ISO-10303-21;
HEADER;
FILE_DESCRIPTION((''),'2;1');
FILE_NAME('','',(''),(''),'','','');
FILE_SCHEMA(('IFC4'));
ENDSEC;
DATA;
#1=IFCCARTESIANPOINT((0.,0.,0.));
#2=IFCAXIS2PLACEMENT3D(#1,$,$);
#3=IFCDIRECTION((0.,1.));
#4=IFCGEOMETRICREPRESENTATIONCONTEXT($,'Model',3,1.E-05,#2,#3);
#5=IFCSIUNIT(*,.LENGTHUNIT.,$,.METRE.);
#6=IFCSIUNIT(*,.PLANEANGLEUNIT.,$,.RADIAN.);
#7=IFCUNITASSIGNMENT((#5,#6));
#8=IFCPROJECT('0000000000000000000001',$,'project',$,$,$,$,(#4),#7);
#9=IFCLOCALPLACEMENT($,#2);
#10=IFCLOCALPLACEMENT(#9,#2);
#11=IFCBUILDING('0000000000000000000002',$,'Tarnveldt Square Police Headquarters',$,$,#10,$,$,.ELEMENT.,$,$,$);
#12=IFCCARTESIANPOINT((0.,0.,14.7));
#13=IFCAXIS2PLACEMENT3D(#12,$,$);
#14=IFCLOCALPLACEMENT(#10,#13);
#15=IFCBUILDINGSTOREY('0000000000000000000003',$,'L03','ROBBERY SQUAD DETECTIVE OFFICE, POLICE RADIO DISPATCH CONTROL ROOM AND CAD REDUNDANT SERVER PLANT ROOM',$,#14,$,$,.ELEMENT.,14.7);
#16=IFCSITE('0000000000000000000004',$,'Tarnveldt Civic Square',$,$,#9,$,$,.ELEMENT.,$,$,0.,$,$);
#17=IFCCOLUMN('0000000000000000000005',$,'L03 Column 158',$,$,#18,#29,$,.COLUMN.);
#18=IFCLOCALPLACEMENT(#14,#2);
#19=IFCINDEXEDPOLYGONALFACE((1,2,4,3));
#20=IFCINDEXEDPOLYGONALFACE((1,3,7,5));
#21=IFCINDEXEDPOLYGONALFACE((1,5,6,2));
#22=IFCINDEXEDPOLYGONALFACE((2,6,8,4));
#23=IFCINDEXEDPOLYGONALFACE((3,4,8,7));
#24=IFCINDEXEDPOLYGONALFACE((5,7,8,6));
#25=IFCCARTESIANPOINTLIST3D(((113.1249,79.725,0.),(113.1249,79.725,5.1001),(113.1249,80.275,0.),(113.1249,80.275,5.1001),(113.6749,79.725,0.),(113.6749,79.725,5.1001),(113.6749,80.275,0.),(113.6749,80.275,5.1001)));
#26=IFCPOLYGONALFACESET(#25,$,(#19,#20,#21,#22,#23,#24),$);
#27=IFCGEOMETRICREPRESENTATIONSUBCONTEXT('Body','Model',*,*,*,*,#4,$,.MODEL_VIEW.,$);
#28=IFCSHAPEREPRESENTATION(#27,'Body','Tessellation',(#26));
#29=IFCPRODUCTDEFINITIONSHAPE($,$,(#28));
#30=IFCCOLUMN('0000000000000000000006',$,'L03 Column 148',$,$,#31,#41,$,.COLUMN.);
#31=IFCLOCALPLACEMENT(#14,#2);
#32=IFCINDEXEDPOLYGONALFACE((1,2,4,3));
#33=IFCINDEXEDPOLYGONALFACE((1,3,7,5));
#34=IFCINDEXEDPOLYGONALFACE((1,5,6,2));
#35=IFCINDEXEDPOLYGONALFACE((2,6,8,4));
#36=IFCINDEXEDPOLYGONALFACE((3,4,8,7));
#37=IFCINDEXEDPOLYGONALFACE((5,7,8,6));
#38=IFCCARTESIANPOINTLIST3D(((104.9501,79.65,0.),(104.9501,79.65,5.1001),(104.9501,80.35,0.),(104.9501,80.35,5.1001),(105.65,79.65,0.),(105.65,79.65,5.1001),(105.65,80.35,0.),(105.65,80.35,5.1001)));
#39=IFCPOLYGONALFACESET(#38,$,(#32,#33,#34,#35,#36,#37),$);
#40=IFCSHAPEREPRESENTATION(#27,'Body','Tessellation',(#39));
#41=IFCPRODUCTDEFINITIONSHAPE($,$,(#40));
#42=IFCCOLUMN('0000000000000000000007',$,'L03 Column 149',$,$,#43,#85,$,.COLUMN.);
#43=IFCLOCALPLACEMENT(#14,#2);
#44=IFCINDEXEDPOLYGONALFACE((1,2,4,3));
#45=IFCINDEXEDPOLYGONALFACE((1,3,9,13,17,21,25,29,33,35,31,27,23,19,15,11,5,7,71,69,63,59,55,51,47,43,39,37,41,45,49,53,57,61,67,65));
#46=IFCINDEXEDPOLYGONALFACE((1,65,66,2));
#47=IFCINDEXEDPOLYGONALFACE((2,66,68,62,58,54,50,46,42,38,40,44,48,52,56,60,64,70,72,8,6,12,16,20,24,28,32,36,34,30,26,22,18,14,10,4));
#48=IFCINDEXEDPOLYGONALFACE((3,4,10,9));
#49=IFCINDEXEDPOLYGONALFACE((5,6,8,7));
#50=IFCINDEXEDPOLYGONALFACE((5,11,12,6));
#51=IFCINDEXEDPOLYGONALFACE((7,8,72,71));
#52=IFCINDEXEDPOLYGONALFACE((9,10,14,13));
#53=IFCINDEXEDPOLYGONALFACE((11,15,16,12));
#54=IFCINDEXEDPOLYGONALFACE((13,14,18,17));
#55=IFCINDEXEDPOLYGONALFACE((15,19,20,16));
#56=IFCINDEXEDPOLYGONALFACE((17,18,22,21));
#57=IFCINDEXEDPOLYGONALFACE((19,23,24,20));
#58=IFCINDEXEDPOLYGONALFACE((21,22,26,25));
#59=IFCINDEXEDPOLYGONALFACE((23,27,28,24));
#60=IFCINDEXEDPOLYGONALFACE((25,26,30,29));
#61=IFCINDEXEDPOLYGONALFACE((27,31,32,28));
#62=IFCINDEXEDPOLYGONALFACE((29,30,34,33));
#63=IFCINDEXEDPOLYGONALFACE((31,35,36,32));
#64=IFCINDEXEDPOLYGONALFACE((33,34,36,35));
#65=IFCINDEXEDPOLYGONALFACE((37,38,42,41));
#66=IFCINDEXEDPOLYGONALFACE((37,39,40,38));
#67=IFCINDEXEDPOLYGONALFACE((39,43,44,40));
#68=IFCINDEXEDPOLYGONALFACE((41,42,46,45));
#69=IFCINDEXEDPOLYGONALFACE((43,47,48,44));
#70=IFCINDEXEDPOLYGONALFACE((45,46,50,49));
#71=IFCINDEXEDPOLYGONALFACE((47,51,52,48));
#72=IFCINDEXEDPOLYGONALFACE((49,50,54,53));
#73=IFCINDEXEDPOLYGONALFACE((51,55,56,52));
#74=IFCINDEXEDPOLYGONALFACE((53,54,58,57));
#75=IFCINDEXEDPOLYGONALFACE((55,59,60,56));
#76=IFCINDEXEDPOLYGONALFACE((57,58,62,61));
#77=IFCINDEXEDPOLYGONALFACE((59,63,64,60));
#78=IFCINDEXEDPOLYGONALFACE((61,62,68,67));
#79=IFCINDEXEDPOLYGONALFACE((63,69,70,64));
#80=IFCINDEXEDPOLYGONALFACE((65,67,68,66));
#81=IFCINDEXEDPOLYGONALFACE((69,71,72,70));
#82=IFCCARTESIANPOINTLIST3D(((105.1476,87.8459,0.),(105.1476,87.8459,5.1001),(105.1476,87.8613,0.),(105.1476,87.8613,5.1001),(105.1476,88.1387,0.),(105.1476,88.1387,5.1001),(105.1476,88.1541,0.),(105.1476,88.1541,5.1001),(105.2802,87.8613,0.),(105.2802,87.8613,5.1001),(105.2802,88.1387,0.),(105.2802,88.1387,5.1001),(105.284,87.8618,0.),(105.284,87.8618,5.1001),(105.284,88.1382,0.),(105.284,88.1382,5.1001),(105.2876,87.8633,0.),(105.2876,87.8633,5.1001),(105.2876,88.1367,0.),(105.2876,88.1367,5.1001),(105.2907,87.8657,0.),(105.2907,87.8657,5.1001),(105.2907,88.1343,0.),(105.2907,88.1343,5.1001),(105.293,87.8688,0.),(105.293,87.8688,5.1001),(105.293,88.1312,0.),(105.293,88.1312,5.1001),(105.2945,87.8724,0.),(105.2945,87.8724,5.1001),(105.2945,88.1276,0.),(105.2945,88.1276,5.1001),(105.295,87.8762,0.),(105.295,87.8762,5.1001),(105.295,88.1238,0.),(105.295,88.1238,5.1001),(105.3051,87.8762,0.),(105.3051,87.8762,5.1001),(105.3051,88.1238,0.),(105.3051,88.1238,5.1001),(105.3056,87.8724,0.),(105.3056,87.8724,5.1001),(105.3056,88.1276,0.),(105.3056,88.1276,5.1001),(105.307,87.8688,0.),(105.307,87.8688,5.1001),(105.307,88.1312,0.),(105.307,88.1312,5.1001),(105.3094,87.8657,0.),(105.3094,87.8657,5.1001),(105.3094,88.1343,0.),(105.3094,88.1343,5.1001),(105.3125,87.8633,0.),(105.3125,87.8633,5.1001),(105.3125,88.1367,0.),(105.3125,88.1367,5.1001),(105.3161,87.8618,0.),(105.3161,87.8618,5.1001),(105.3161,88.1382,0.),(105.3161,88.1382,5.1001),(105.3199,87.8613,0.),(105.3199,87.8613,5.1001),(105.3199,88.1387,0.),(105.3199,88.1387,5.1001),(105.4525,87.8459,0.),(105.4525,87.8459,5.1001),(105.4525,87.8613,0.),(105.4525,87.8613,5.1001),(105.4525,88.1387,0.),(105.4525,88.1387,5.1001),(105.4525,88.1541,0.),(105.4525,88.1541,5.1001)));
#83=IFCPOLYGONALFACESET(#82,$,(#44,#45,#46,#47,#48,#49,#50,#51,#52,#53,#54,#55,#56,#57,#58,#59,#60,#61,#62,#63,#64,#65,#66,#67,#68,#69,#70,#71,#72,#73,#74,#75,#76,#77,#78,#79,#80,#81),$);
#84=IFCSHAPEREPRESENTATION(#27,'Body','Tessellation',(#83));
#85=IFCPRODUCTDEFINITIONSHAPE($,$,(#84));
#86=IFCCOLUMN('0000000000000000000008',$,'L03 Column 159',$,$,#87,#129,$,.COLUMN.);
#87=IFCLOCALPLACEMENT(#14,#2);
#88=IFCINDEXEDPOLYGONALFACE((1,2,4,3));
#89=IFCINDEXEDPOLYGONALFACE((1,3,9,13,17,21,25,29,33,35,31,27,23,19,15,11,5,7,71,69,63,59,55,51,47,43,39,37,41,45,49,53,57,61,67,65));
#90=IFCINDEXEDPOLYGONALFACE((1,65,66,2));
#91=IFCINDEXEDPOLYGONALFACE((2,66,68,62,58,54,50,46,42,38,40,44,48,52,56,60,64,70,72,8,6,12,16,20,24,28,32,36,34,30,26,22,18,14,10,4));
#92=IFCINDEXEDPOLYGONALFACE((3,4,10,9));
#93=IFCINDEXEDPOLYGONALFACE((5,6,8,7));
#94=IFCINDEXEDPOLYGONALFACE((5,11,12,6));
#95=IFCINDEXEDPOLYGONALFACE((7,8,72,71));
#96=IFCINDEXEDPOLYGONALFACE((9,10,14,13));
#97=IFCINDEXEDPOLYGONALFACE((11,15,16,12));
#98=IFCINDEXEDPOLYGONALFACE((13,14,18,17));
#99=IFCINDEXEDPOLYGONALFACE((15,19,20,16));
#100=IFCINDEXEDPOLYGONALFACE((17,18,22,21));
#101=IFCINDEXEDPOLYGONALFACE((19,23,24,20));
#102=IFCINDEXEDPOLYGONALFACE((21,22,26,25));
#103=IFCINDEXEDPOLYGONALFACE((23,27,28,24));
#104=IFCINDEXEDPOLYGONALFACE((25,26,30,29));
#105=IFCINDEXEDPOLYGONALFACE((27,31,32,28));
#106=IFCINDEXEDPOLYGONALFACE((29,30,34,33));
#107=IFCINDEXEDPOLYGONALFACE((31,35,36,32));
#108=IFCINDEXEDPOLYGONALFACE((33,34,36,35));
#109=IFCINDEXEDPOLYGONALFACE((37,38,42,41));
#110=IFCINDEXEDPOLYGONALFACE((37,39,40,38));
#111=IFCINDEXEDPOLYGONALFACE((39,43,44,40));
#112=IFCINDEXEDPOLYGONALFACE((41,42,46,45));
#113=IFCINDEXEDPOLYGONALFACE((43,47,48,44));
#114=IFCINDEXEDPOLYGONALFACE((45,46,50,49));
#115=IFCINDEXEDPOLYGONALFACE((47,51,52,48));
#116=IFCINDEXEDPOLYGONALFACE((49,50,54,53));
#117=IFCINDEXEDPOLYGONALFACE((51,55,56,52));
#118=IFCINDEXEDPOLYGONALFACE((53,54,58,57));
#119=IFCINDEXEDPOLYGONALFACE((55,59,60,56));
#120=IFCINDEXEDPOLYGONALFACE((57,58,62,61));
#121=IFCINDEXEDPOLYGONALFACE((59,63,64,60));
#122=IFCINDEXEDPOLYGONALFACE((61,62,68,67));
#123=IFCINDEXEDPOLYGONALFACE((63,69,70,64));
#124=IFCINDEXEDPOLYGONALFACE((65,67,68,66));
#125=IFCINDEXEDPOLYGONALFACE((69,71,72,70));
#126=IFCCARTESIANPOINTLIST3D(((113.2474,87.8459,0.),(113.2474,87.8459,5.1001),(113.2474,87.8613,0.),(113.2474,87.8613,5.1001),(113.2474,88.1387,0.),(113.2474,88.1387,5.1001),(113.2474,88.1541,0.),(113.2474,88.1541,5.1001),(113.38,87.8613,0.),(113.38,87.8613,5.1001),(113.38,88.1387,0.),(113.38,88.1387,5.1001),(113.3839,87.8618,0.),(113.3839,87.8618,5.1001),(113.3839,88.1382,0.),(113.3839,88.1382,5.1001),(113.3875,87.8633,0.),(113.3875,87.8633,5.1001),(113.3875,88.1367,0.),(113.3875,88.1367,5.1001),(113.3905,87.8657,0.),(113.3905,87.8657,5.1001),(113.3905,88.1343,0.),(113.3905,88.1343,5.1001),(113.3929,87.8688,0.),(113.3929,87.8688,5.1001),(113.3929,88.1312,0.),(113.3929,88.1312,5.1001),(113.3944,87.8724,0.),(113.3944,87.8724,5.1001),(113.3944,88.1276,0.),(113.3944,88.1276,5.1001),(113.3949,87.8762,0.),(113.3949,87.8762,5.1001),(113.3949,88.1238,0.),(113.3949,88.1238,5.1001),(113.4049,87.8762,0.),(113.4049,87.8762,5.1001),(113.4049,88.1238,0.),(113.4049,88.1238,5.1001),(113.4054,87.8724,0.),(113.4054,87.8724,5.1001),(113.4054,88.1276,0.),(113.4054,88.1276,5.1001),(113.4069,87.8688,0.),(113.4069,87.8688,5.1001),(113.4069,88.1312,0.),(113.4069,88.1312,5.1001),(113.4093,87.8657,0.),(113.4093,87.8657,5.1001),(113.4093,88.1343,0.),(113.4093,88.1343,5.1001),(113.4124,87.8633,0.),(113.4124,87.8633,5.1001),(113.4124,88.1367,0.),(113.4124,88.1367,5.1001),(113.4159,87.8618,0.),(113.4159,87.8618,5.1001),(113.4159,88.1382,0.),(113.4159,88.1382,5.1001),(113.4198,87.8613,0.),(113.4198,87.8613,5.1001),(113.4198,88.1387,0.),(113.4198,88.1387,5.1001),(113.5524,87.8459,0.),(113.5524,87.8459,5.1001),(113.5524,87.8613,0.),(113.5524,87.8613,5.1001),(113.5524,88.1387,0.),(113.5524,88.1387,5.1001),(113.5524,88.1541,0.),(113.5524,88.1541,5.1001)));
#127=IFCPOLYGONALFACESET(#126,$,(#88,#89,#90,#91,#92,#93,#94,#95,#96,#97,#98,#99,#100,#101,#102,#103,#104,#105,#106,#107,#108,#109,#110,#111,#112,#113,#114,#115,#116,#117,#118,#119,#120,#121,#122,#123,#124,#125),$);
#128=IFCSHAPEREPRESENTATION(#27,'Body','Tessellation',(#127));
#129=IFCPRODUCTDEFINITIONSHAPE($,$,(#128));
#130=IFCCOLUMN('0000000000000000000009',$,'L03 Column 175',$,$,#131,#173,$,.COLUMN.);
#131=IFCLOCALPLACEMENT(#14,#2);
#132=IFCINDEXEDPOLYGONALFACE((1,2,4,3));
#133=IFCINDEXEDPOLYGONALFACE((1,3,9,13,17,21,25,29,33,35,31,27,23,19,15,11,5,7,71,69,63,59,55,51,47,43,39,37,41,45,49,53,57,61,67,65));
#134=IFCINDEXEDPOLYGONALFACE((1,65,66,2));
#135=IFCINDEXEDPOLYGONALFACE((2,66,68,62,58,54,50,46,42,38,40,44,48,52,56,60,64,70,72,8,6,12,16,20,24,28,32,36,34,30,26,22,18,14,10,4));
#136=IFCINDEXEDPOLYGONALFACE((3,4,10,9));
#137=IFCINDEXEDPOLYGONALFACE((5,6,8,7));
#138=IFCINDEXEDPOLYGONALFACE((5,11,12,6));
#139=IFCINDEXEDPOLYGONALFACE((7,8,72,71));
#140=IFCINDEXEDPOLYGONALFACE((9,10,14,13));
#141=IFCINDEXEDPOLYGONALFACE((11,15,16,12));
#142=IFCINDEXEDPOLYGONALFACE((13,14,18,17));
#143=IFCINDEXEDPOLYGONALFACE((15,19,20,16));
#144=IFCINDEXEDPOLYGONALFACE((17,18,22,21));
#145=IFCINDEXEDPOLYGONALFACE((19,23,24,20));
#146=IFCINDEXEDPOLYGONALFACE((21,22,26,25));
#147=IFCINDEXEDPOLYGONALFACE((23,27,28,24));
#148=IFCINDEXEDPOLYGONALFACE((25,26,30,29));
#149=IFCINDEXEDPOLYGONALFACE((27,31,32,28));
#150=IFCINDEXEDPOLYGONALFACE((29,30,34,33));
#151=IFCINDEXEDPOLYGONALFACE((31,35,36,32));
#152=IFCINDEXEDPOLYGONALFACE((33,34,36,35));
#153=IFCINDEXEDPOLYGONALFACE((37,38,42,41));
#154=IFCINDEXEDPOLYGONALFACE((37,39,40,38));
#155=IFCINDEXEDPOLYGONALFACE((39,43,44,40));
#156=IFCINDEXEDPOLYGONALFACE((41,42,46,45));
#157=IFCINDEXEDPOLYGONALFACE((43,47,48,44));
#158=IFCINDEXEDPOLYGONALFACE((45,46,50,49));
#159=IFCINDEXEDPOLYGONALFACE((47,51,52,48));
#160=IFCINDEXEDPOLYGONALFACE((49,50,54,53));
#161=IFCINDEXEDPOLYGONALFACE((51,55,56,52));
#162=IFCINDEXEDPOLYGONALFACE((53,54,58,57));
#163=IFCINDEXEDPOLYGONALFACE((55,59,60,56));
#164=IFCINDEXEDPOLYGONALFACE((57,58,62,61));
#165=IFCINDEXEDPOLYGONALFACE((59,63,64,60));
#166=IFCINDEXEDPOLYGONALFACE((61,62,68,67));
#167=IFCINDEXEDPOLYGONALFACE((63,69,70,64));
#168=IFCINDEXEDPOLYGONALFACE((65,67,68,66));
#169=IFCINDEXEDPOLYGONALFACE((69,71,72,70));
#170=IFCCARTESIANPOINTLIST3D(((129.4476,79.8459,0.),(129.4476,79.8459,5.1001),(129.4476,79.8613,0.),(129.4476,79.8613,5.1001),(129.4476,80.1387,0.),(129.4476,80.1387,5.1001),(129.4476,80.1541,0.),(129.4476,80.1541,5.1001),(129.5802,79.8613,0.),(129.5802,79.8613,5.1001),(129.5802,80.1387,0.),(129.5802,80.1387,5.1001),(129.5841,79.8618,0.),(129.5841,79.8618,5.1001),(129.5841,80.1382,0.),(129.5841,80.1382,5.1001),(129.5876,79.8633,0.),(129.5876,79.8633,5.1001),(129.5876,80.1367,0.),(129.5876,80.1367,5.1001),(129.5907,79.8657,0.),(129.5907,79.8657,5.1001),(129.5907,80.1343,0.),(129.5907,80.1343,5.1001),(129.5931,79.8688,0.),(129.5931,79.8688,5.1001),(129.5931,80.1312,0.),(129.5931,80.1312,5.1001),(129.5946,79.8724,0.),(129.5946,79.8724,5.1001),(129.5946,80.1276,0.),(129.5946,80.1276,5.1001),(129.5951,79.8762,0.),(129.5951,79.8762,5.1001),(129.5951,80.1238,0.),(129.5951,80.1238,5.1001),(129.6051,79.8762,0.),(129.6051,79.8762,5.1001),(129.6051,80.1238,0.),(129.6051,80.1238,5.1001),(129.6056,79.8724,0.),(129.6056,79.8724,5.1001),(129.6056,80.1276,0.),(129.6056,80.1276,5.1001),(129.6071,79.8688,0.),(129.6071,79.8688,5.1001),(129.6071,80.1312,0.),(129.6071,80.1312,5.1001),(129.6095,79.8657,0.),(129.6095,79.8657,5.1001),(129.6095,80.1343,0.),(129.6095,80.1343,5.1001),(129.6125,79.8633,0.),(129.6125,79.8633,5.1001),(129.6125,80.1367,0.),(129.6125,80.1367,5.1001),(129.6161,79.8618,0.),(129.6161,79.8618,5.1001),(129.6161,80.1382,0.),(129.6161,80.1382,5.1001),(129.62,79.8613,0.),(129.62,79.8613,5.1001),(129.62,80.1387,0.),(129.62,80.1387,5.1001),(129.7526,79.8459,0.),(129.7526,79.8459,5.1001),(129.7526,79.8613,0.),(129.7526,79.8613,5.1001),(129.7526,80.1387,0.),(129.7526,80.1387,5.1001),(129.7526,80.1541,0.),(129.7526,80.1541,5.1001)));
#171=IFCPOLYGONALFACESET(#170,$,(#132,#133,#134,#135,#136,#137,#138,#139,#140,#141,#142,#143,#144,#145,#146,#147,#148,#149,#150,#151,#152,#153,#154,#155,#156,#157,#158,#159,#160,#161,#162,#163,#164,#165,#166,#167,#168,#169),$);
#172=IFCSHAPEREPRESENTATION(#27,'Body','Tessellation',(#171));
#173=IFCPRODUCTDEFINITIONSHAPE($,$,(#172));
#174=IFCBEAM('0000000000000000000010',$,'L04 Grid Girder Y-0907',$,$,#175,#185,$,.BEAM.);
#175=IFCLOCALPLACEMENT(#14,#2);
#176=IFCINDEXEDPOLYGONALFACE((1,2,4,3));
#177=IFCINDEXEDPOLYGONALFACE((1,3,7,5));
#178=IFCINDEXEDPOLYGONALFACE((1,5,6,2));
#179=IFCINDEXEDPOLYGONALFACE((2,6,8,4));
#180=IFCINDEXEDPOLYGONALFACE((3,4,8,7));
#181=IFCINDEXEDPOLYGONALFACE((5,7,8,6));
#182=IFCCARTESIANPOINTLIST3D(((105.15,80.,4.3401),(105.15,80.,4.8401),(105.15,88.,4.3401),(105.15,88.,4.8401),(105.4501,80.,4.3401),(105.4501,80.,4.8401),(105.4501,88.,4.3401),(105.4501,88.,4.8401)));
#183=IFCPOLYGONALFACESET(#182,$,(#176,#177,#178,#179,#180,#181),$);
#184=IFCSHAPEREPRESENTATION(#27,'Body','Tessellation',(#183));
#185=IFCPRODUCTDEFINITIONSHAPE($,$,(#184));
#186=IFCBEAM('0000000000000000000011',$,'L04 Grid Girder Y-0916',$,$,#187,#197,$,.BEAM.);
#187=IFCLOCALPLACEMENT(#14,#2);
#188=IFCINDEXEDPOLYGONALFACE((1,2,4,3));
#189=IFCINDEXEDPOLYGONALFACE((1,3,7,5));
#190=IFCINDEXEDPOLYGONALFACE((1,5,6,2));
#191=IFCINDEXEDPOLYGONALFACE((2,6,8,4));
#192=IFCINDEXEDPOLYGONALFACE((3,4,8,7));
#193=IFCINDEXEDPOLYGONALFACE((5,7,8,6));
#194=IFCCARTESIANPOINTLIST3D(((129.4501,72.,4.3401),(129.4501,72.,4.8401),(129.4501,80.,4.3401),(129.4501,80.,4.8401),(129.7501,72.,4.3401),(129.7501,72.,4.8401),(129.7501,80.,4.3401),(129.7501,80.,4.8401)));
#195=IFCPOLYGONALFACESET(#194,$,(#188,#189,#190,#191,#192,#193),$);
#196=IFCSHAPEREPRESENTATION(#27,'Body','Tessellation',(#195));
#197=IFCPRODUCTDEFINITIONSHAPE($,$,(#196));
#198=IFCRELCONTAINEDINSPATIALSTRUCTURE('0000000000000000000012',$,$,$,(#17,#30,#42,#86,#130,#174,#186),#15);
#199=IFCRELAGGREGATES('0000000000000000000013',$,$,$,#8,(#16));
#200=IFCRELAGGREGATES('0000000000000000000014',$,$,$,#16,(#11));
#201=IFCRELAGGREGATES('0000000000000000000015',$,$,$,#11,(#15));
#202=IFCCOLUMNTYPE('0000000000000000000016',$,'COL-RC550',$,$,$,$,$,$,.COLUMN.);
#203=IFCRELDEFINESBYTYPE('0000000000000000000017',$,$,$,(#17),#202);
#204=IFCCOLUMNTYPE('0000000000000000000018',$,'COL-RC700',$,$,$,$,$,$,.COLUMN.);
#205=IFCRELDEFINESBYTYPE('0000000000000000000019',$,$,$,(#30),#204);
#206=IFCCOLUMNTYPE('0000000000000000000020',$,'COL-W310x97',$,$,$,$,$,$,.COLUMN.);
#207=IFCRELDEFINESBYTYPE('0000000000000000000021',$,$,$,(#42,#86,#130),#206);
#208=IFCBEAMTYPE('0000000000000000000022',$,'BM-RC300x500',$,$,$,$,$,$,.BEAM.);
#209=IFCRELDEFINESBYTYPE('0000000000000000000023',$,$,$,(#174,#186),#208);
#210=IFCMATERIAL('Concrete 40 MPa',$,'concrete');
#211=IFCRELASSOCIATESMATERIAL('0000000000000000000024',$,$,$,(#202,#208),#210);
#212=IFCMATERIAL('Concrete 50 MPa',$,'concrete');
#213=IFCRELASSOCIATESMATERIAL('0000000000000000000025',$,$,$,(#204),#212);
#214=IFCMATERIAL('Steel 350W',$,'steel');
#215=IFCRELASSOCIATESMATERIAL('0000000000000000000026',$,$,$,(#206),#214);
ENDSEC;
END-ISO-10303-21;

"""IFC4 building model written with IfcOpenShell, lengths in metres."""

from ifc_helpers import new_model, si_unit, direction, frame, origin, origin_2d, place, context, subcontext, project, spatial, rectangle, i_section, extrude, material, material_profile, profile_set, type_object, element, save


model = new_model("IFC4")

# Units and contexts
model_context = context("Model", 3, precision=1e-05, world=origin(), true_north=direction((0.0, 1.0)))
body_context = subcontext(model_context, "Body", "Model", "MODEL_VIEW")
ifc_project = project(units=[si_unit("LENGTHUNIT", "METRE"), si_unit("PLANEANGLEUNIT", "RADIAN")], contexts=[model_context])

# Site, building, storey
site_placement = place(None, origin())
site = spatial("IfcSite", under=ifc_project, at=site_placement, Name="Tarnveldt Civic Square", CompositionType="ELEMENT", RefElevation=0.0)
building_placement = place(site_placement, origin())
building = spatial("IfcBuilding", under=site, at=building_placement, Name="Tarnveldt Square Police Headquarters", CompositionType="ELEMENT")
storey_placement = place(building_placement, frame((0.0, 0.0, 14.7)))
storey = spatial("IfcBuildingStorey", under=building, at=storey_placement, Name="L03", Description="ROBBERY SQUAD DETECTIVE OFFICE, POLICE RADIO DISPATCH CONTROL ROOM AND CAD REDUNDANT SERVER PLANT ROOM", CompositionType="ELEMENT", Elevation=14.7)

# Columns
ifc_material_1 = material(Name="Concrete 40 MPa", Category="concrete")
ifc_material_profile_1 = material_profile(ifc_material_1, rectangle(XDim=0.55, YDim=0.55, at=origin_2d()), Name="RC-C550x550")
ifc_profile_set_1 = profile_set([ifc_material_profile_1], Name="Concrete 40 MPa")
column_type_1 = type_object("IfcColumnType", Name="COL-RC550", PredefinedType="COLUMN", material=ifc_profile_set_1)
column_1_placement = place(storey_placement, frame((113.3999, 80.0, 0.0), z_axis=(0.0, 0.0, 1.0), x_axis=(1.0, 0.0, 0.0)))
element("IfcColumn", 1, at=column_1_placement, inside=storey, type_object=column_type_1, Name="L03 Column 158", PredefinedType="COLUMN", context=body_context, shape_type="SweptSolid", body=[
    extrude(rectangle(XDim=0.55, YDim=0.55, at=origin_2d()), origin(), (0.0, 0.0, 1.0), 5.1001),
])
ifc_material_2 = material(Name="Concrete 50 MPa", Category="concrete")
ifc_material_profile_2 = material_profile(ifc_material_2, rectangle(XDim=0.7, YDim=0.7, at=origin_2d()), Name="RC-C700x700")
ifc_profile_set_2 = profile_set([ifc_material_profile_2], Name="Concrete 50 MPa")
column_type_2 = type_object("IfcColumnType", Name="COL-RC700", PredefinedType="COLUMN", material=ifc_profile_set_2)
column_2_placement = place(storey_placement, frame((105.3, 80.0, 0.0), z_axis=(0.0, 0.0, 1.0), x_axis=(1.0, 0.0, 0.0)))
element("IfcColumn", 2, at=column_2_placement, inside=storey, type_object=column_type_2, Name="L03 Column 148", PredefinedType="COLUMN", context=body_context, shape_type="SweptSolid", body=[
    extrude(rectangle(XDim=0.7, YDim=0.7, at=origin_2d()), origin(), (0.0, 0.0, 1.0), 5.1001),
])
ifc_material_3 = material(Name="Steel 350W", Category="steel")
ifc_material_profile_3 = material_profile(ifc_material_3, i_section(OverallWidth=0.3049, OverallDepth=0.3081, WebThickness=0.01, FlangeThickness=0.0154, FilletRadius=0.0149, at=origin_2d()), Name="W310x97")
ifc_profile_set_3 = profile_set([ifc_material_profile_3], Name="Steel 350W")
column_type_3 = type_object("IfcColumnType", Name="COL-W310x97", PredefinedType="COLUMN", material=ifc_profile_set_3)
for number, where, z_axis, x_axis, name in (
    (3, (105.3, 88.0, 0.0), (0.0, 0.0, 1.0), (1.0, 0.0, 0.0), "L03 Column 149"),
    (4, (113.3999, 88.0, 0.0), (0.0, 0.0, 1.0), (1.0, 0.0, 0.0), "L03 Column 159"),
    (5, (129.6001, 80.0, 0.0), (0.0, 0.0, 1.0), (1.0, 0.0, 0.0), "L03 Column 175"),
):
    element("IfcColumn", number, at=place(storey_placement, frame(where, z_axis=z_axis, x_axis=x_axis)), inside=storey, type_object=column_type_3, Name=name, PredefinedType="COLUMN", context=body_context, shape_type="SweptSolid", body=[
        extrude(i_section(OverallWidth=0.3049, OverallDepth=0.3081, WebThickness=0.01, FlangeThickness=0.0154, FilletRadius=0.0149, at=origin_2d()), origin(), (0.0, 0.0, 1.0), 5.1001),
    ])

# Beams
ifc_material_profile_4 = material_profile(ifc_material_1, rectangle(XDim=0.3, YDim=0.5, at=origin_2d()), Name="RC-B300x500")
ifc_profile_set_4 = profile_set([ifc_material_profile_4], Name="Concrete 40 MPa")
beam_type_1 = type_object("IfcBeamType", Name="BM-RC300x500", PredefinedType="BEAM", material=ifc_profile_set_4)
for number, where, z_axis, x_axis, name in (
    (6, (105.3, 80.0, 4.5901), (0.0, 1.0, 0.0), (-1.0, 0.0, 0.0), "L04 Grid Girder Y-0907"),
    (7, (129.6001, 72.0, 4.5901), (0.0, 1.0, 0.0), (-1.0, 0.0, 0.0), "L04 Grid Girder Y-0916"),
):
    element("IfcBeam", number, at=place(storey_placement, frame(where, z_axis=z_axis, x_axis=x_axis)), inside=storey, type_object=beam_type_1, Name=name, PredefinedType="BEAM", context=body_context, shape_type="SweptSolid", body=[
        extrude(rectangle(XDim=0.3, YDim=0.5, at=origin_2d()), origin(), (0.0, 0.0, 1.0), 8.0),
    ])

save(model, "model.ifc")
